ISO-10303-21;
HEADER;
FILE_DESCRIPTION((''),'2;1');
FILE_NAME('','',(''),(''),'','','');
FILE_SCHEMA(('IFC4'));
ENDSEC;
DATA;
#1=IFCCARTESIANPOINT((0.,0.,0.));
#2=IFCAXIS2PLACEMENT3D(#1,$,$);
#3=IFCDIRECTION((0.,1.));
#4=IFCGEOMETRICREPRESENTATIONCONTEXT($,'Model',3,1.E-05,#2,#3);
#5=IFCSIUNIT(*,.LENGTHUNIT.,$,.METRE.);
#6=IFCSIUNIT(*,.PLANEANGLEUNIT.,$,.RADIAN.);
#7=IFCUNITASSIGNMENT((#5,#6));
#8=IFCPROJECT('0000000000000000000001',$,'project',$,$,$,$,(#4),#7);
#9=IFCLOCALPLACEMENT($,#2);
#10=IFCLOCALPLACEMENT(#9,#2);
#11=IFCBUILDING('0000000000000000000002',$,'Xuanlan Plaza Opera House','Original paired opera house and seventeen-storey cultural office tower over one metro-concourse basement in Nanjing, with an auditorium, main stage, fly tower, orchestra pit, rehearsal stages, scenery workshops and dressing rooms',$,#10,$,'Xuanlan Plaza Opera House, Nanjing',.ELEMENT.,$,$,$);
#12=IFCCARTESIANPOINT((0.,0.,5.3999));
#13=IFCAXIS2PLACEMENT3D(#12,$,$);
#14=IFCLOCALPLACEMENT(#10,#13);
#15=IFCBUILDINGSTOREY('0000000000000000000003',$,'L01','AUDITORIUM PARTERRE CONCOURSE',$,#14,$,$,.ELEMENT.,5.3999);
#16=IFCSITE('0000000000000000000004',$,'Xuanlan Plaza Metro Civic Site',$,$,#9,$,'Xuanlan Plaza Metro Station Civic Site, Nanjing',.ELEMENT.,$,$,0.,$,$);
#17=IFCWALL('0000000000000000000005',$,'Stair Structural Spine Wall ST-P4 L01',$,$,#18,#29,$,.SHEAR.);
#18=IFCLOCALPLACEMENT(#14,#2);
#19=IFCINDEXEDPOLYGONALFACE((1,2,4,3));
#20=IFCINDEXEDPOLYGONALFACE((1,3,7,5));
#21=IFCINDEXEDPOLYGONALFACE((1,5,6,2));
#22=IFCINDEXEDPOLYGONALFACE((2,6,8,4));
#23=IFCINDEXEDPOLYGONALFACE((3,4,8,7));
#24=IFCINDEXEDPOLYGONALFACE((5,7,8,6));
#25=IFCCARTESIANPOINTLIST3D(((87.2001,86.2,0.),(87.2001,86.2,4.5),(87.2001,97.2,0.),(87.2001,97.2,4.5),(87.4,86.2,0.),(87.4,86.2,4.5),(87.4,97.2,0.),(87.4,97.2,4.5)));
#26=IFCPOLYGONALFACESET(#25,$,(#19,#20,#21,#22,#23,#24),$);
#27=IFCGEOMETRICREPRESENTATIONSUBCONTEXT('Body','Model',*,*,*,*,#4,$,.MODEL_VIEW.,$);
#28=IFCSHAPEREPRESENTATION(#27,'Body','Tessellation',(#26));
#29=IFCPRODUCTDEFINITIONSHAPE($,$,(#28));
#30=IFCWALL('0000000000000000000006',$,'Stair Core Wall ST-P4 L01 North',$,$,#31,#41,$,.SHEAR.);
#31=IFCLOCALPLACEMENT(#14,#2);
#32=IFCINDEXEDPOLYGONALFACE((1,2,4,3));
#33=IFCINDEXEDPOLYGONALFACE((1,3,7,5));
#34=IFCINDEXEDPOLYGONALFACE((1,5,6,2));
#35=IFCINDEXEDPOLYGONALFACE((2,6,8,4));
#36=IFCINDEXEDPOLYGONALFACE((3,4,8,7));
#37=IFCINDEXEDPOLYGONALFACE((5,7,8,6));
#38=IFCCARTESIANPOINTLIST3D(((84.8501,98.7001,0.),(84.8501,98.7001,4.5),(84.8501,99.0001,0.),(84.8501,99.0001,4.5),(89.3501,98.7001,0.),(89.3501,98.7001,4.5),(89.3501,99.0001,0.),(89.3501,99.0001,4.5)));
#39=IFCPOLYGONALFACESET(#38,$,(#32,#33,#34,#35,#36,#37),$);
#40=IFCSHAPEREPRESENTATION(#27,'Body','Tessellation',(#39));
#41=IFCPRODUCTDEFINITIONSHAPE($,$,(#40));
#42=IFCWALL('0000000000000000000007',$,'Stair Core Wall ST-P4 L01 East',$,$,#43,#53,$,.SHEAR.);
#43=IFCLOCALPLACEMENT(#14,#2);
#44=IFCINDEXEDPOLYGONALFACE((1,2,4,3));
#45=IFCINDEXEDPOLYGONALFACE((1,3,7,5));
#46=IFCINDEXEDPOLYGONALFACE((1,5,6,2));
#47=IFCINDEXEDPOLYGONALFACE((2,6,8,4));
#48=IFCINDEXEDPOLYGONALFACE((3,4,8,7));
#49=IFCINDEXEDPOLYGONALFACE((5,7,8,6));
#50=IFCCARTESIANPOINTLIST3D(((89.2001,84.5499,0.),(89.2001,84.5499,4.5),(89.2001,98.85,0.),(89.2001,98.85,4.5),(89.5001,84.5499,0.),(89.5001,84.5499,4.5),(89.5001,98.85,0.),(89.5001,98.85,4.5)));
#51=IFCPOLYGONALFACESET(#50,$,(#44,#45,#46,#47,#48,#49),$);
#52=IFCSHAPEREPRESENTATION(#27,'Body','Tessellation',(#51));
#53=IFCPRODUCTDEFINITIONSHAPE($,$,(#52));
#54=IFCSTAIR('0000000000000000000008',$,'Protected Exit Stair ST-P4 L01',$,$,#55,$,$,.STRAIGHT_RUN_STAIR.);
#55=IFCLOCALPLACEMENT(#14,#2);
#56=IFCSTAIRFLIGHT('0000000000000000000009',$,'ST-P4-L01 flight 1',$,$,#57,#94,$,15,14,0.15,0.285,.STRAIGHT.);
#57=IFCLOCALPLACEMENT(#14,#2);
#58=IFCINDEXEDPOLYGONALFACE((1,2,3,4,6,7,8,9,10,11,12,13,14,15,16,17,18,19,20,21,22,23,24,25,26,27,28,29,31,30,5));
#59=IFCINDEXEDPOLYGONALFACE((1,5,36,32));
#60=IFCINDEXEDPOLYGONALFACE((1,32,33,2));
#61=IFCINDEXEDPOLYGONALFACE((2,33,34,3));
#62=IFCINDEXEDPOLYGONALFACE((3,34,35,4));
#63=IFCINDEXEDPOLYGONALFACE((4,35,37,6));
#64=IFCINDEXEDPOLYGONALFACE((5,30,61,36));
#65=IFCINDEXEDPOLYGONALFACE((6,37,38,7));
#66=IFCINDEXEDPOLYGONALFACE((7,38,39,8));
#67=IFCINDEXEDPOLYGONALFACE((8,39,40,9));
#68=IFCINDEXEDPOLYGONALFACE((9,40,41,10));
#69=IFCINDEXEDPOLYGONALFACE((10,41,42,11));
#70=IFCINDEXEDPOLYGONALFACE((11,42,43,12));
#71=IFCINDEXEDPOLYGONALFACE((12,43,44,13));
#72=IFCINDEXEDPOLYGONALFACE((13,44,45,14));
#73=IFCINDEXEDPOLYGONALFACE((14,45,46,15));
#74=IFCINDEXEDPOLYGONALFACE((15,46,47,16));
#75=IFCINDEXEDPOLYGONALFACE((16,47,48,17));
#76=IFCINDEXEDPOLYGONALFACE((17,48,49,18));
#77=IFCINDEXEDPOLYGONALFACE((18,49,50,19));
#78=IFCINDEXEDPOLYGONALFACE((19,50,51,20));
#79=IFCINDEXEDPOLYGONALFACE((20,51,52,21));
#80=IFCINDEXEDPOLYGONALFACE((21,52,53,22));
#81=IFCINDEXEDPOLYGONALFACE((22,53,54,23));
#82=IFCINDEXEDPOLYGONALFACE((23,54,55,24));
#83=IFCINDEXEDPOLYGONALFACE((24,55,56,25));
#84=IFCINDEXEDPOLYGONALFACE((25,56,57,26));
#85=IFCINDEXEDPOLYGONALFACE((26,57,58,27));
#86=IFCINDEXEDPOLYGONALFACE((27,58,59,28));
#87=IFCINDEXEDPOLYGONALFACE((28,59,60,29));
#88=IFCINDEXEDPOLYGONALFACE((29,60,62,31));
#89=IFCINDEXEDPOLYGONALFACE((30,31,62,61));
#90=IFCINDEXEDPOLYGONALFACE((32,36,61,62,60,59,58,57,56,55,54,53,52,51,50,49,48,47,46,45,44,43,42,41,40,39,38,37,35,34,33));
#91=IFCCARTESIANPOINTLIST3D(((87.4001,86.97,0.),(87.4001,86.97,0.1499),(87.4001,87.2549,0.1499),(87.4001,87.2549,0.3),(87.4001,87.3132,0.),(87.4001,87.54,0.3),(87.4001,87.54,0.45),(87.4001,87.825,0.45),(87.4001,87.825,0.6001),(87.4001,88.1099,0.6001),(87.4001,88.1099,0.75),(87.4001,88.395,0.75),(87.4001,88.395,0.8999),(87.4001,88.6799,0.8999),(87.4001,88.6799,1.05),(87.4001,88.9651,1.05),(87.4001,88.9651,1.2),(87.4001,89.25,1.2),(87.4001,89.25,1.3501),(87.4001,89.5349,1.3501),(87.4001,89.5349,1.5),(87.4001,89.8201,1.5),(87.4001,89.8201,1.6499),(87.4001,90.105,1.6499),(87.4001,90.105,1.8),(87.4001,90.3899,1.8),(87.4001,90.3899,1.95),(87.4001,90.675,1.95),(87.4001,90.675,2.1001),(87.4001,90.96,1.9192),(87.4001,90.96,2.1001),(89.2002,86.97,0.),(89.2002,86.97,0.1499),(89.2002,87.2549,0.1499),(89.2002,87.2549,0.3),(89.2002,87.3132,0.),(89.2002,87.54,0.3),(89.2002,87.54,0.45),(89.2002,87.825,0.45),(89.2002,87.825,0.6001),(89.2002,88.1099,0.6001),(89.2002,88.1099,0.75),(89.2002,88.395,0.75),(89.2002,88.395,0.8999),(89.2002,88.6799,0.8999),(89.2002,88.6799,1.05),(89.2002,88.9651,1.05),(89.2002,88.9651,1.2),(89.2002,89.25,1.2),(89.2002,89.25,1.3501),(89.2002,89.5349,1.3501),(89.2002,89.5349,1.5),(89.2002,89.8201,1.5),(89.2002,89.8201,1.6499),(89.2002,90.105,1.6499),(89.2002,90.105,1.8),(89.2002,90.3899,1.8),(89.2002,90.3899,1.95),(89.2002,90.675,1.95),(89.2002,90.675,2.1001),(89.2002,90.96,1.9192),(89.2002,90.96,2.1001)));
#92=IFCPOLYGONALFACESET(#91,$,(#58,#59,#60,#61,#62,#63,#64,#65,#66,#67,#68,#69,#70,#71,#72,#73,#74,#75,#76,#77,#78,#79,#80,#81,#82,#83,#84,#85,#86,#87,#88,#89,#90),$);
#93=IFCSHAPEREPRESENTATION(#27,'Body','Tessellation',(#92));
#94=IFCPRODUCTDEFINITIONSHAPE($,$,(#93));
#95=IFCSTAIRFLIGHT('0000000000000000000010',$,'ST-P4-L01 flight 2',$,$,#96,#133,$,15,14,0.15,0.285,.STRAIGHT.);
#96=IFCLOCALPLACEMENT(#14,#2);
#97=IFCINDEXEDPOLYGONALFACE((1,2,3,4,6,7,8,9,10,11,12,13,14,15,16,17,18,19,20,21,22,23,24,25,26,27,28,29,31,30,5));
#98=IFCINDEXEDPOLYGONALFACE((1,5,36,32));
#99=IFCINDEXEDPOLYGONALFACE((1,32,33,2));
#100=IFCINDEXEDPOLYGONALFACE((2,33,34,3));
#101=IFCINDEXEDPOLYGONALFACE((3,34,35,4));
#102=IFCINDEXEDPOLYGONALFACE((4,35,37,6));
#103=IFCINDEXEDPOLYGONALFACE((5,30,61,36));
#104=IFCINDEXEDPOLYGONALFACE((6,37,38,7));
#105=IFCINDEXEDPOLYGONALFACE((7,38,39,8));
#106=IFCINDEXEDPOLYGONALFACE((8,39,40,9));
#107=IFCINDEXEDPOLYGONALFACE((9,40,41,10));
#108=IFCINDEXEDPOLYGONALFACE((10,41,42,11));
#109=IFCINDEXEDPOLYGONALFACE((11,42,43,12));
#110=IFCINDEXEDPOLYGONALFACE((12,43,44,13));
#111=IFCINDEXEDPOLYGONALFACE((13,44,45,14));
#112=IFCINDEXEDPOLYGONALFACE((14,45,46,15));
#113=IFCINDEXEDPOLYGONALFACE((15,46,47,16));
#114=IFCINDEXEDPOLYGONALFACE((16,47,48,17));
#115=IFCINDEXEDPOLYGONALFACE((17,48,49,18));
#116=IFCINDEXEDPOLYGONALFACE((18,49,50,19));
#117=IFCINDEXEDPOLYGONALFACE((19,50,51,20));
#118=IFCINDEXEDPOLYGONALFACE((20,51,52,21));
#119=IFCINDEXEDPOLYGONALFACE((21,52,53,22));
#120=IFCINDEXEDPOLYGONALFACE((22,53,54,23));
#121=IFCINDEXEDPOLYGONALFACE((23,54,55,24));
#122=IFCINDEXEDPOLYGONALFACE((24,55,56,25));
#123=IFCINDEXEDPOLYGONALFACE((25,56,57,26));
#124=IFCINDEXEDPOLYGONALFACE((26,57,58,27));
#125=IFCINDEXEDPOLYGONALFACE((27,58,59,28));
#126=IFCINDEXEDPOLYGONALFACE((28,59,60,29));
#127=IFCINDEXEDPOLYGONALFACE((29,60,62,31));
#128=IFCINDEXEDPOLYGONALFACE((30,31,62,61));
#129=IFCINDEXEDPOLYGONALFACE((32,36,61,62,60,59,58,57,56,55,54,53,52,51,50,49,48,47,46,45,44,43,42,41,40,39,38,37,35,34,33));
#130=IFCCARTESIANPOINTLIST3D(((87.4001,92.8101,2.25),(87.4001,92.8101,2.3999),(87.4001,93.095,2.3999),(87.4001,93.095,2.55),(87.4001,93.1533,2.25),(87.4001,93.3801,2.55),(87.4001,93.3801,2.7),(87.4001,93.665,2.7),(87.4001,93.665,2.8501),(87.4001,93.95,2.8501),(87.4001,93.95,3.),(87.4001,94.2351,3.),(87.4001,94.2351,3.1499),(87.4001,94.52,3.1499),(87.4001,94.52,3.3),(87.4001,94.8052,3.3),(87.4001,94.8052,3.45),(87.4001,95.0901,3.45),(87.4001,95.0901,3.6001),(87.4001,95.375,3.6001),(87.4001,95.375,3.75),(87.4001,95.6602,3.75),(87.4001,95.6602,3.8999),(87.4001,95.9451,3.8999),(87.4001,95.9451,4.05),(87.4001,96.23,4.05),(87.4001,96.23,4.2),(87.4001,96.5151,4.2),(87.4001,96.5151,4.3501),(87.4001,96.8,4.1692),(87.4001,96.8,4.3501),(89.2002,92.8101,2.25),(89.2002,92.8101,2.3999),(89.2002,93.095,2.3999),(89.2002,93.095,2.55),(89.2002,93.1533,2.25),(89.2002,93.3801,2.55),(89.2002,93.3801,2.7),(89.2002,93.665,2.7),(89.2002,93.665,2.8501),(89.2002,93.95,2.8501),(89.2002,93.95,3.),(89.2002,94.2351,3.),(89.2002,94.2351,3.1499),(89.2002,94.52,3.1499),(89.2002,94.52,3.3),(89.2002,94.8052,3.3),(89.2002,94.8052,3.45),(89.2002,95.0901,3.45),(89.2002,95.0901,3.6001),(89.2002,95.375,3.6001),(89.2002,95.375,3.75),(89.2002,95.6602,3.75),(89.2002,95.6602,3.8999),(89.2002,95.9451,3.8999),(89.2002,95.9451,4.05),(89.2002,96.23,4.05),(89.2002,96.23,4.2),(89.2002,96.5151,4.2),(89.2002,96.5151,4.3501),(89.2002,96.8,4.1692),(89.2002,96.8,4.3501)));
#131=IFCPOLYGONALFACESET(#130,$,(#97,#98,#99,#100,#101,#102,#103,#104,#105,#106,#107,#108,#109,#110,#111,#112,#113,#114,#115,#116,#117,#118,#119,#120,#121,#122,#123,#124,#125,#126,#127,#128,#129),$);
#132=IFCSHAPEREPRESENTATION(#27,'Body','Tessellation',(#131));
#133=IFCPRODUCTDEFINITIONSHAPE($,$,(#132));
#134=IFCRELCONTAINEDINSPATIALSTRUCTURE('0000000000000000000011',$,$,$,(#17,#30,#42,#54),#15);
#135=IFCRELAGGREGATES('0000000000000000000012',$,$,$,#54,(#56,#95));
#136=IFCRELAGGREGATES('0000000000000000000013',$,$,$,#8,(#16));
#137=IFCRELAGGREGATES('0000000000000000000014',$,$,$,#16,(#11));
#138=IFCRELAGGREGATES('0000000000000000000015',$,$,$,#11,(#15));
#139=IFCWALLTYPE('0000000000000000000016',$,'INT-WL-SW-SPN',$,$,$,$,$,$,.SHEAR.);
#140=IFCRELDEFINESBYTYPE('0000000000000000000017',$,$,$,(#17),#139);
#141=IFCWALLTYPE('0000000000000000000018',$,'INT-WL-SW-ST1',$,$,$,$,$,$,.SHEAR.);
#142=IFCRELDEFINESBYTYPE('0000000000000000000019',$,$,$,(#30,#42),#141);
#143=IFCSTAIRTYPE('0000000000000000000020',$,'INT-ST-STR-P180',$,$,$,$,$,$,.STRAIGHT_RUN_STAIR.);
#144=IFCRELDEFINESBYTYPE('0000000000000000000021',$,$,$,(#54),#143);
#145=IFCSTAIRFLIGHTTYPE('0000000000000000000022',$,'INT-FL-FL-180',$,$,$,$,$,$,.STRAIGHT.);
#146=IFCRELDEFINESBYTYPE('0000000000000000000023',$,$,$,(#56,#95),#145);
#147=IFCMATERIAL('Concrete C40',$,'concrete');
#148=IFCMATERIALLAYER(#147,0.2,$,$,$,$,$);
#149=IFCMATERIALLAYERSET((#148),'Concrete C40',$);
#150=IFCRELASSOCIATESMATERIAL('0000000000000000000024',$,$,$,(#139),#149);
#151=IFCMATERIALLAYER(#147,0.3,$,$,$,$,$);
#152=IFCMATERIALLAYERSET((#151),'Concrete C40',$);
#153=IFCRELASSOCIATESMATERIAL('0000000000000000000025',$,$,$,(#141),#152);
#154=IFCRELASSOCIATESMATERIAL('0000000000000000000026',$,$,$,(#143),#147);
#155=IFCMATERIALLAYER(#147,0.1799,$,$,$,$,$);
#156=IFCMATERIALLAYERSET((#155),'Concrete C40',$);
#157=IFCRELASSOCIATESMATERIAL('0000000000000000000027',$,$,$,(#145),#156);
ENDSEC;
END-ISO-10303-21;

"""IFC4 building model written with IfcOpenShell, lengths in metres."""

from ifc_helpers import new_model, si_unit, direction, frame, frame_2d, origin, place, context, subcontext, project, spatial, polyline, rectangle, outline, extrude, material, layer, layer_set, type_object, element, aggregate, save


model = new_model("IFC4")

# Units and contexts
model_context = context("Model", 3, precision=1e-05, world=origin(), true_north=direction((0.0, 1.0)))
body_context = subcontext(model_context, "Body", "Model", "MODEL_VIEW")
ifc_project = project(units=[si_unit("LENGTHUNIT", "METRE"), si_unit("PLANEANGLEUNIT", "RADIAN")], contexts=[model_context])

# Site, building, storey
site_placement = place(None, origin())
site = spatial("IfcSite", under=ifc_project, at=site_placement, Name="Xuanlan Plaza Metro Civic Site", LongName="Xuanlan Plaza Metro Station Civic Site, Nanjing", CompositionType="ELEMENT", RefElevation=0.0)
building_placement = place(site_placement, origin())
building = spatial("IfcBuilding", under=site, at=building_placement, Name="Xuanlan Plaza Opera House", Description="Original paired opera house and seventeen-storey cultural office tower over one metro-concourse basement in Nanjing, with an auditorium, main stage, fly tower, orchestra pit, rehearsal stages, scenery workshops and dressing rooms", LongName="Xuanlan Plaza Opera House, Nanjing", CompositionType="ELEMENT")
storey_placement = place(building_placement, frame((0.0, 0.0, 5.3999)))
storey = spatial("IfcBuildingStorey", under=building, at=storey_placement, Name="L01", Description="AUDITORIUM PARTERRE CONCOURSE", CompositionType="ELEMENT", Elevation=5.3999)

# Shared definitions
ifc_material_1 = material(Name="Concrete C40", Category="concrete")

# Walls
ifc_layer_1 = layer(ifc_material_1, 0.2)
ifc_layer_set_1 = layer_set([ifc_layer_1], Name="Concrete C40")
wall_type_1 = type_object("IfcWallType", Name="INT-WL-SW-SPN", PredefinedType="SHEAR", material=ifc_layer_set_1)
wall_1_placement = place(storey_placement, frame((87.3, 86.2, 0.0), z_axis=(0.0, 0.0, 1.0), x_axis=(0.0, 1.0, 0.0)))
element("IfcWall", 1, at=wall_1_placement, inside=storey, type_object=wall_type_1, Name="Stair Structural Spine Wall ST-P4 L01", PredefinedType="SHEAR", context=body_context, shape_type="SweptSolid", body=[
    extrude(rectangle(XDim=11.0, YDim=0.2, at=frame_2d((5.5, 0.0))), origin(), (0.0, 0.0, 1.0), 4.5),
])
ifc_layer_2 = layer(ifc_material_1, 0.3)
ifc_layer_set_2 = layer_set([ifc_layer_2], Name="Concrete C40")
wall_type_2 = type_object("IfcWallType", Name="INT-WL-SW-ST1", PredefinedType="SHEAR", material=ifc_layer_set_2)
wall_2_placement = place(storey_placement, frame((84.8501, 98.8501, 0.0), z_axis=(0.0, 0.0, 1.0), x_axis=(1.0, 0.0, 0.0)))
element("IfcWall", 2, at=wall_2_placement, inside=storey, type_object=wall_type_2, Name="Stair Core Wall ST-P4 L01 North", PredefinedType="SHEAR", context=body_context, shape_type="SweptSolid", body=[
    extrude(rectangle(XDim=4.5, YDim=0.3, at=frame_2d((2.25, 0.0))), origin(), (0.0, 0.0, 1.0), 4.5),
])
wall_3_placement = place(storey_placement, frame((89.3501, 84.55, 0.0), z_axis=(0.0, 0.0, 1.0), x_axis=(0.0, 1.0, 0.0)))
element("IfcWall", 3, at=wall_3_placement, inside=storey, type_object=wall_type_2, Name="Stair Core Wall ST-P4 L01 East", PredefinedType="SHEAR", context=body_context, shape_type="SweptSolid", body=[
    extrude(rectangle(XDim=14.3, YDim=0.3, at=frame_2d((7.1499, 0.0))), origin(), (0.0, 0.0, 1.0), 4.5),
])

# Stair, stair flights
stair_type = type_object("IfcStairType", Name="INT-ST-STR-P180", PredefinedType="STRAIGHT_RUN_STAIR", material=ifc_material_1)
stair_placement = place(storey_placement, origin())
stair = element("IfcStair", 4, at=stair_placement, inside=storey, type_object=stair_type, Name="Protected Exit Stair ST-P4 L01", PredefinedType="STRAIGHT_RUN_STAIR")
ifc_layer_3 = layer(ifc_material_1, 0.1799)
ifc_layer_set_3 = layer_set([ifc_layer_3], Name="Concrete C40")
stair_flight_type = type_object("IfcStairFlightType", Name="INT-FL-FL-180", PredefinedType="STRAIGHT", material=ifc_layer_set_3)
stair_flight_1_placement = place(storey_placement, frame((88.3, 86.97, 0.0), z_axis=(0.0, 0.0, 1.0), x_axis=(0.0, 1.0, 0.0)))
stair_flight_1 = element("IfcStairFlight", 5, at=stair_flight_1_placement, type_object=stair_flight_type, Name="ST-P4-L01 flight 1", NumberOfRisers=15, NumberOfTreads=14, PredefinedType="STRAIGHT", RiserHeight=0.15, TreadLength=0.285, context=body_context, shape_type="SweptSolid", body=[
    extrude(outline(polyline([(0.0, 0.0), (0.0, 0.1499), (0.2849, 0.1499), (0.2849, 0.3), (0.5701, 0.3), (0.5701, 0.45), (0.855, 0.45), (0.855, 0.6001), (1.1399, 0.6001), (1.1399, 0.75), (1.425, 0.75), (1.425, 0.8999), (1.71, 0.8999), (1.71, 1.05), (1.9951, 1.05), (1.9951, 1.2), (2.28, 1.2), (2.28, 1.3501), (2.5649, 1.3501), (2.5649, 1.5), (2.8501, 1.5), (2.8501, 1.6499), (3.135, 1.6499), (3.135, 1.8), (3.4199, 1.8), (3.4199, 1.95), (3.7051, 1.95), (3.7051, 2.1001), (3.99, 2.1001), (3.99, 2.25), (3.99, 1.9192), (0.3433, 0.0), (0.0, 0.0)])), frame((0.0, 0.8999, 0.0), z_axis=(0.0, -1.0, 0.0), x_axis=(1.0, 0.0, 0.0)), (0.0, 0.0, 1.0), 1.8),
])
stair_flight_2_placement = place(storey_placement, frame((88.3, 92.8101, 2.25), z_axis=(0.0, 0.0, 1.0), x_axis=(0.0, 1.0, 0.0)))
stair_flight_2 = element("IfcStairFlight", 6, at=stair_flight_2_placement, type_object=stair_flight_type, Name="ST-P4-L01 flight 2", NumberOfRisers=15, NumberOfTreads=14, PredefinedType="STRAIGHT", RiserHeight=0.15, TreadLength=0.285, context=body_context, shape_type="SweptSolid", body=[
    extrude(outline(polyline([(0.0, 0.0), (0.0, 0.1499), (0.2849, 0.1499), (0.2849, 0.3), (0.5701, 0.3), (0.5701, 0.45), (0.855, 0.45), (0.855, 0.6001), (1.1399, 0.6001), (1.1399, 0.75), (1.425, 0.75), (1.425, 0.8999), (1.71, 0.8999), (1.71, 1.05), (1.9951, 1.05), (1.9951, 1.2), (2.28, 1.2), (2.28, 1.3501), (2.5649, 1.3501), (2.5649, 1.5), (2.8501, 1.5), (2.8501, 1.6499), (3.135, 1.6499), (3.135, 1.8), (3.4199, 1.8), (3.4199, 1.95), (3.7051, 1.95), (3.7051, 2.1001), (3.99, 2.1001), (3.99, 2.25), (3.99, 1.9192), (0.3433, 0.0), (0.0, 0.0)])), frame((0.0, 0.8999, 0.0), z_axis=(0.0, -1.0, 0.0), x_axis=(1.0, 0.0, 0.0)), (0.0, 0.0, 1.0), 1.8),
])
aggregate(stair, [stair_flight_1, stair_flight_2])

save(model, "model.ifc")
